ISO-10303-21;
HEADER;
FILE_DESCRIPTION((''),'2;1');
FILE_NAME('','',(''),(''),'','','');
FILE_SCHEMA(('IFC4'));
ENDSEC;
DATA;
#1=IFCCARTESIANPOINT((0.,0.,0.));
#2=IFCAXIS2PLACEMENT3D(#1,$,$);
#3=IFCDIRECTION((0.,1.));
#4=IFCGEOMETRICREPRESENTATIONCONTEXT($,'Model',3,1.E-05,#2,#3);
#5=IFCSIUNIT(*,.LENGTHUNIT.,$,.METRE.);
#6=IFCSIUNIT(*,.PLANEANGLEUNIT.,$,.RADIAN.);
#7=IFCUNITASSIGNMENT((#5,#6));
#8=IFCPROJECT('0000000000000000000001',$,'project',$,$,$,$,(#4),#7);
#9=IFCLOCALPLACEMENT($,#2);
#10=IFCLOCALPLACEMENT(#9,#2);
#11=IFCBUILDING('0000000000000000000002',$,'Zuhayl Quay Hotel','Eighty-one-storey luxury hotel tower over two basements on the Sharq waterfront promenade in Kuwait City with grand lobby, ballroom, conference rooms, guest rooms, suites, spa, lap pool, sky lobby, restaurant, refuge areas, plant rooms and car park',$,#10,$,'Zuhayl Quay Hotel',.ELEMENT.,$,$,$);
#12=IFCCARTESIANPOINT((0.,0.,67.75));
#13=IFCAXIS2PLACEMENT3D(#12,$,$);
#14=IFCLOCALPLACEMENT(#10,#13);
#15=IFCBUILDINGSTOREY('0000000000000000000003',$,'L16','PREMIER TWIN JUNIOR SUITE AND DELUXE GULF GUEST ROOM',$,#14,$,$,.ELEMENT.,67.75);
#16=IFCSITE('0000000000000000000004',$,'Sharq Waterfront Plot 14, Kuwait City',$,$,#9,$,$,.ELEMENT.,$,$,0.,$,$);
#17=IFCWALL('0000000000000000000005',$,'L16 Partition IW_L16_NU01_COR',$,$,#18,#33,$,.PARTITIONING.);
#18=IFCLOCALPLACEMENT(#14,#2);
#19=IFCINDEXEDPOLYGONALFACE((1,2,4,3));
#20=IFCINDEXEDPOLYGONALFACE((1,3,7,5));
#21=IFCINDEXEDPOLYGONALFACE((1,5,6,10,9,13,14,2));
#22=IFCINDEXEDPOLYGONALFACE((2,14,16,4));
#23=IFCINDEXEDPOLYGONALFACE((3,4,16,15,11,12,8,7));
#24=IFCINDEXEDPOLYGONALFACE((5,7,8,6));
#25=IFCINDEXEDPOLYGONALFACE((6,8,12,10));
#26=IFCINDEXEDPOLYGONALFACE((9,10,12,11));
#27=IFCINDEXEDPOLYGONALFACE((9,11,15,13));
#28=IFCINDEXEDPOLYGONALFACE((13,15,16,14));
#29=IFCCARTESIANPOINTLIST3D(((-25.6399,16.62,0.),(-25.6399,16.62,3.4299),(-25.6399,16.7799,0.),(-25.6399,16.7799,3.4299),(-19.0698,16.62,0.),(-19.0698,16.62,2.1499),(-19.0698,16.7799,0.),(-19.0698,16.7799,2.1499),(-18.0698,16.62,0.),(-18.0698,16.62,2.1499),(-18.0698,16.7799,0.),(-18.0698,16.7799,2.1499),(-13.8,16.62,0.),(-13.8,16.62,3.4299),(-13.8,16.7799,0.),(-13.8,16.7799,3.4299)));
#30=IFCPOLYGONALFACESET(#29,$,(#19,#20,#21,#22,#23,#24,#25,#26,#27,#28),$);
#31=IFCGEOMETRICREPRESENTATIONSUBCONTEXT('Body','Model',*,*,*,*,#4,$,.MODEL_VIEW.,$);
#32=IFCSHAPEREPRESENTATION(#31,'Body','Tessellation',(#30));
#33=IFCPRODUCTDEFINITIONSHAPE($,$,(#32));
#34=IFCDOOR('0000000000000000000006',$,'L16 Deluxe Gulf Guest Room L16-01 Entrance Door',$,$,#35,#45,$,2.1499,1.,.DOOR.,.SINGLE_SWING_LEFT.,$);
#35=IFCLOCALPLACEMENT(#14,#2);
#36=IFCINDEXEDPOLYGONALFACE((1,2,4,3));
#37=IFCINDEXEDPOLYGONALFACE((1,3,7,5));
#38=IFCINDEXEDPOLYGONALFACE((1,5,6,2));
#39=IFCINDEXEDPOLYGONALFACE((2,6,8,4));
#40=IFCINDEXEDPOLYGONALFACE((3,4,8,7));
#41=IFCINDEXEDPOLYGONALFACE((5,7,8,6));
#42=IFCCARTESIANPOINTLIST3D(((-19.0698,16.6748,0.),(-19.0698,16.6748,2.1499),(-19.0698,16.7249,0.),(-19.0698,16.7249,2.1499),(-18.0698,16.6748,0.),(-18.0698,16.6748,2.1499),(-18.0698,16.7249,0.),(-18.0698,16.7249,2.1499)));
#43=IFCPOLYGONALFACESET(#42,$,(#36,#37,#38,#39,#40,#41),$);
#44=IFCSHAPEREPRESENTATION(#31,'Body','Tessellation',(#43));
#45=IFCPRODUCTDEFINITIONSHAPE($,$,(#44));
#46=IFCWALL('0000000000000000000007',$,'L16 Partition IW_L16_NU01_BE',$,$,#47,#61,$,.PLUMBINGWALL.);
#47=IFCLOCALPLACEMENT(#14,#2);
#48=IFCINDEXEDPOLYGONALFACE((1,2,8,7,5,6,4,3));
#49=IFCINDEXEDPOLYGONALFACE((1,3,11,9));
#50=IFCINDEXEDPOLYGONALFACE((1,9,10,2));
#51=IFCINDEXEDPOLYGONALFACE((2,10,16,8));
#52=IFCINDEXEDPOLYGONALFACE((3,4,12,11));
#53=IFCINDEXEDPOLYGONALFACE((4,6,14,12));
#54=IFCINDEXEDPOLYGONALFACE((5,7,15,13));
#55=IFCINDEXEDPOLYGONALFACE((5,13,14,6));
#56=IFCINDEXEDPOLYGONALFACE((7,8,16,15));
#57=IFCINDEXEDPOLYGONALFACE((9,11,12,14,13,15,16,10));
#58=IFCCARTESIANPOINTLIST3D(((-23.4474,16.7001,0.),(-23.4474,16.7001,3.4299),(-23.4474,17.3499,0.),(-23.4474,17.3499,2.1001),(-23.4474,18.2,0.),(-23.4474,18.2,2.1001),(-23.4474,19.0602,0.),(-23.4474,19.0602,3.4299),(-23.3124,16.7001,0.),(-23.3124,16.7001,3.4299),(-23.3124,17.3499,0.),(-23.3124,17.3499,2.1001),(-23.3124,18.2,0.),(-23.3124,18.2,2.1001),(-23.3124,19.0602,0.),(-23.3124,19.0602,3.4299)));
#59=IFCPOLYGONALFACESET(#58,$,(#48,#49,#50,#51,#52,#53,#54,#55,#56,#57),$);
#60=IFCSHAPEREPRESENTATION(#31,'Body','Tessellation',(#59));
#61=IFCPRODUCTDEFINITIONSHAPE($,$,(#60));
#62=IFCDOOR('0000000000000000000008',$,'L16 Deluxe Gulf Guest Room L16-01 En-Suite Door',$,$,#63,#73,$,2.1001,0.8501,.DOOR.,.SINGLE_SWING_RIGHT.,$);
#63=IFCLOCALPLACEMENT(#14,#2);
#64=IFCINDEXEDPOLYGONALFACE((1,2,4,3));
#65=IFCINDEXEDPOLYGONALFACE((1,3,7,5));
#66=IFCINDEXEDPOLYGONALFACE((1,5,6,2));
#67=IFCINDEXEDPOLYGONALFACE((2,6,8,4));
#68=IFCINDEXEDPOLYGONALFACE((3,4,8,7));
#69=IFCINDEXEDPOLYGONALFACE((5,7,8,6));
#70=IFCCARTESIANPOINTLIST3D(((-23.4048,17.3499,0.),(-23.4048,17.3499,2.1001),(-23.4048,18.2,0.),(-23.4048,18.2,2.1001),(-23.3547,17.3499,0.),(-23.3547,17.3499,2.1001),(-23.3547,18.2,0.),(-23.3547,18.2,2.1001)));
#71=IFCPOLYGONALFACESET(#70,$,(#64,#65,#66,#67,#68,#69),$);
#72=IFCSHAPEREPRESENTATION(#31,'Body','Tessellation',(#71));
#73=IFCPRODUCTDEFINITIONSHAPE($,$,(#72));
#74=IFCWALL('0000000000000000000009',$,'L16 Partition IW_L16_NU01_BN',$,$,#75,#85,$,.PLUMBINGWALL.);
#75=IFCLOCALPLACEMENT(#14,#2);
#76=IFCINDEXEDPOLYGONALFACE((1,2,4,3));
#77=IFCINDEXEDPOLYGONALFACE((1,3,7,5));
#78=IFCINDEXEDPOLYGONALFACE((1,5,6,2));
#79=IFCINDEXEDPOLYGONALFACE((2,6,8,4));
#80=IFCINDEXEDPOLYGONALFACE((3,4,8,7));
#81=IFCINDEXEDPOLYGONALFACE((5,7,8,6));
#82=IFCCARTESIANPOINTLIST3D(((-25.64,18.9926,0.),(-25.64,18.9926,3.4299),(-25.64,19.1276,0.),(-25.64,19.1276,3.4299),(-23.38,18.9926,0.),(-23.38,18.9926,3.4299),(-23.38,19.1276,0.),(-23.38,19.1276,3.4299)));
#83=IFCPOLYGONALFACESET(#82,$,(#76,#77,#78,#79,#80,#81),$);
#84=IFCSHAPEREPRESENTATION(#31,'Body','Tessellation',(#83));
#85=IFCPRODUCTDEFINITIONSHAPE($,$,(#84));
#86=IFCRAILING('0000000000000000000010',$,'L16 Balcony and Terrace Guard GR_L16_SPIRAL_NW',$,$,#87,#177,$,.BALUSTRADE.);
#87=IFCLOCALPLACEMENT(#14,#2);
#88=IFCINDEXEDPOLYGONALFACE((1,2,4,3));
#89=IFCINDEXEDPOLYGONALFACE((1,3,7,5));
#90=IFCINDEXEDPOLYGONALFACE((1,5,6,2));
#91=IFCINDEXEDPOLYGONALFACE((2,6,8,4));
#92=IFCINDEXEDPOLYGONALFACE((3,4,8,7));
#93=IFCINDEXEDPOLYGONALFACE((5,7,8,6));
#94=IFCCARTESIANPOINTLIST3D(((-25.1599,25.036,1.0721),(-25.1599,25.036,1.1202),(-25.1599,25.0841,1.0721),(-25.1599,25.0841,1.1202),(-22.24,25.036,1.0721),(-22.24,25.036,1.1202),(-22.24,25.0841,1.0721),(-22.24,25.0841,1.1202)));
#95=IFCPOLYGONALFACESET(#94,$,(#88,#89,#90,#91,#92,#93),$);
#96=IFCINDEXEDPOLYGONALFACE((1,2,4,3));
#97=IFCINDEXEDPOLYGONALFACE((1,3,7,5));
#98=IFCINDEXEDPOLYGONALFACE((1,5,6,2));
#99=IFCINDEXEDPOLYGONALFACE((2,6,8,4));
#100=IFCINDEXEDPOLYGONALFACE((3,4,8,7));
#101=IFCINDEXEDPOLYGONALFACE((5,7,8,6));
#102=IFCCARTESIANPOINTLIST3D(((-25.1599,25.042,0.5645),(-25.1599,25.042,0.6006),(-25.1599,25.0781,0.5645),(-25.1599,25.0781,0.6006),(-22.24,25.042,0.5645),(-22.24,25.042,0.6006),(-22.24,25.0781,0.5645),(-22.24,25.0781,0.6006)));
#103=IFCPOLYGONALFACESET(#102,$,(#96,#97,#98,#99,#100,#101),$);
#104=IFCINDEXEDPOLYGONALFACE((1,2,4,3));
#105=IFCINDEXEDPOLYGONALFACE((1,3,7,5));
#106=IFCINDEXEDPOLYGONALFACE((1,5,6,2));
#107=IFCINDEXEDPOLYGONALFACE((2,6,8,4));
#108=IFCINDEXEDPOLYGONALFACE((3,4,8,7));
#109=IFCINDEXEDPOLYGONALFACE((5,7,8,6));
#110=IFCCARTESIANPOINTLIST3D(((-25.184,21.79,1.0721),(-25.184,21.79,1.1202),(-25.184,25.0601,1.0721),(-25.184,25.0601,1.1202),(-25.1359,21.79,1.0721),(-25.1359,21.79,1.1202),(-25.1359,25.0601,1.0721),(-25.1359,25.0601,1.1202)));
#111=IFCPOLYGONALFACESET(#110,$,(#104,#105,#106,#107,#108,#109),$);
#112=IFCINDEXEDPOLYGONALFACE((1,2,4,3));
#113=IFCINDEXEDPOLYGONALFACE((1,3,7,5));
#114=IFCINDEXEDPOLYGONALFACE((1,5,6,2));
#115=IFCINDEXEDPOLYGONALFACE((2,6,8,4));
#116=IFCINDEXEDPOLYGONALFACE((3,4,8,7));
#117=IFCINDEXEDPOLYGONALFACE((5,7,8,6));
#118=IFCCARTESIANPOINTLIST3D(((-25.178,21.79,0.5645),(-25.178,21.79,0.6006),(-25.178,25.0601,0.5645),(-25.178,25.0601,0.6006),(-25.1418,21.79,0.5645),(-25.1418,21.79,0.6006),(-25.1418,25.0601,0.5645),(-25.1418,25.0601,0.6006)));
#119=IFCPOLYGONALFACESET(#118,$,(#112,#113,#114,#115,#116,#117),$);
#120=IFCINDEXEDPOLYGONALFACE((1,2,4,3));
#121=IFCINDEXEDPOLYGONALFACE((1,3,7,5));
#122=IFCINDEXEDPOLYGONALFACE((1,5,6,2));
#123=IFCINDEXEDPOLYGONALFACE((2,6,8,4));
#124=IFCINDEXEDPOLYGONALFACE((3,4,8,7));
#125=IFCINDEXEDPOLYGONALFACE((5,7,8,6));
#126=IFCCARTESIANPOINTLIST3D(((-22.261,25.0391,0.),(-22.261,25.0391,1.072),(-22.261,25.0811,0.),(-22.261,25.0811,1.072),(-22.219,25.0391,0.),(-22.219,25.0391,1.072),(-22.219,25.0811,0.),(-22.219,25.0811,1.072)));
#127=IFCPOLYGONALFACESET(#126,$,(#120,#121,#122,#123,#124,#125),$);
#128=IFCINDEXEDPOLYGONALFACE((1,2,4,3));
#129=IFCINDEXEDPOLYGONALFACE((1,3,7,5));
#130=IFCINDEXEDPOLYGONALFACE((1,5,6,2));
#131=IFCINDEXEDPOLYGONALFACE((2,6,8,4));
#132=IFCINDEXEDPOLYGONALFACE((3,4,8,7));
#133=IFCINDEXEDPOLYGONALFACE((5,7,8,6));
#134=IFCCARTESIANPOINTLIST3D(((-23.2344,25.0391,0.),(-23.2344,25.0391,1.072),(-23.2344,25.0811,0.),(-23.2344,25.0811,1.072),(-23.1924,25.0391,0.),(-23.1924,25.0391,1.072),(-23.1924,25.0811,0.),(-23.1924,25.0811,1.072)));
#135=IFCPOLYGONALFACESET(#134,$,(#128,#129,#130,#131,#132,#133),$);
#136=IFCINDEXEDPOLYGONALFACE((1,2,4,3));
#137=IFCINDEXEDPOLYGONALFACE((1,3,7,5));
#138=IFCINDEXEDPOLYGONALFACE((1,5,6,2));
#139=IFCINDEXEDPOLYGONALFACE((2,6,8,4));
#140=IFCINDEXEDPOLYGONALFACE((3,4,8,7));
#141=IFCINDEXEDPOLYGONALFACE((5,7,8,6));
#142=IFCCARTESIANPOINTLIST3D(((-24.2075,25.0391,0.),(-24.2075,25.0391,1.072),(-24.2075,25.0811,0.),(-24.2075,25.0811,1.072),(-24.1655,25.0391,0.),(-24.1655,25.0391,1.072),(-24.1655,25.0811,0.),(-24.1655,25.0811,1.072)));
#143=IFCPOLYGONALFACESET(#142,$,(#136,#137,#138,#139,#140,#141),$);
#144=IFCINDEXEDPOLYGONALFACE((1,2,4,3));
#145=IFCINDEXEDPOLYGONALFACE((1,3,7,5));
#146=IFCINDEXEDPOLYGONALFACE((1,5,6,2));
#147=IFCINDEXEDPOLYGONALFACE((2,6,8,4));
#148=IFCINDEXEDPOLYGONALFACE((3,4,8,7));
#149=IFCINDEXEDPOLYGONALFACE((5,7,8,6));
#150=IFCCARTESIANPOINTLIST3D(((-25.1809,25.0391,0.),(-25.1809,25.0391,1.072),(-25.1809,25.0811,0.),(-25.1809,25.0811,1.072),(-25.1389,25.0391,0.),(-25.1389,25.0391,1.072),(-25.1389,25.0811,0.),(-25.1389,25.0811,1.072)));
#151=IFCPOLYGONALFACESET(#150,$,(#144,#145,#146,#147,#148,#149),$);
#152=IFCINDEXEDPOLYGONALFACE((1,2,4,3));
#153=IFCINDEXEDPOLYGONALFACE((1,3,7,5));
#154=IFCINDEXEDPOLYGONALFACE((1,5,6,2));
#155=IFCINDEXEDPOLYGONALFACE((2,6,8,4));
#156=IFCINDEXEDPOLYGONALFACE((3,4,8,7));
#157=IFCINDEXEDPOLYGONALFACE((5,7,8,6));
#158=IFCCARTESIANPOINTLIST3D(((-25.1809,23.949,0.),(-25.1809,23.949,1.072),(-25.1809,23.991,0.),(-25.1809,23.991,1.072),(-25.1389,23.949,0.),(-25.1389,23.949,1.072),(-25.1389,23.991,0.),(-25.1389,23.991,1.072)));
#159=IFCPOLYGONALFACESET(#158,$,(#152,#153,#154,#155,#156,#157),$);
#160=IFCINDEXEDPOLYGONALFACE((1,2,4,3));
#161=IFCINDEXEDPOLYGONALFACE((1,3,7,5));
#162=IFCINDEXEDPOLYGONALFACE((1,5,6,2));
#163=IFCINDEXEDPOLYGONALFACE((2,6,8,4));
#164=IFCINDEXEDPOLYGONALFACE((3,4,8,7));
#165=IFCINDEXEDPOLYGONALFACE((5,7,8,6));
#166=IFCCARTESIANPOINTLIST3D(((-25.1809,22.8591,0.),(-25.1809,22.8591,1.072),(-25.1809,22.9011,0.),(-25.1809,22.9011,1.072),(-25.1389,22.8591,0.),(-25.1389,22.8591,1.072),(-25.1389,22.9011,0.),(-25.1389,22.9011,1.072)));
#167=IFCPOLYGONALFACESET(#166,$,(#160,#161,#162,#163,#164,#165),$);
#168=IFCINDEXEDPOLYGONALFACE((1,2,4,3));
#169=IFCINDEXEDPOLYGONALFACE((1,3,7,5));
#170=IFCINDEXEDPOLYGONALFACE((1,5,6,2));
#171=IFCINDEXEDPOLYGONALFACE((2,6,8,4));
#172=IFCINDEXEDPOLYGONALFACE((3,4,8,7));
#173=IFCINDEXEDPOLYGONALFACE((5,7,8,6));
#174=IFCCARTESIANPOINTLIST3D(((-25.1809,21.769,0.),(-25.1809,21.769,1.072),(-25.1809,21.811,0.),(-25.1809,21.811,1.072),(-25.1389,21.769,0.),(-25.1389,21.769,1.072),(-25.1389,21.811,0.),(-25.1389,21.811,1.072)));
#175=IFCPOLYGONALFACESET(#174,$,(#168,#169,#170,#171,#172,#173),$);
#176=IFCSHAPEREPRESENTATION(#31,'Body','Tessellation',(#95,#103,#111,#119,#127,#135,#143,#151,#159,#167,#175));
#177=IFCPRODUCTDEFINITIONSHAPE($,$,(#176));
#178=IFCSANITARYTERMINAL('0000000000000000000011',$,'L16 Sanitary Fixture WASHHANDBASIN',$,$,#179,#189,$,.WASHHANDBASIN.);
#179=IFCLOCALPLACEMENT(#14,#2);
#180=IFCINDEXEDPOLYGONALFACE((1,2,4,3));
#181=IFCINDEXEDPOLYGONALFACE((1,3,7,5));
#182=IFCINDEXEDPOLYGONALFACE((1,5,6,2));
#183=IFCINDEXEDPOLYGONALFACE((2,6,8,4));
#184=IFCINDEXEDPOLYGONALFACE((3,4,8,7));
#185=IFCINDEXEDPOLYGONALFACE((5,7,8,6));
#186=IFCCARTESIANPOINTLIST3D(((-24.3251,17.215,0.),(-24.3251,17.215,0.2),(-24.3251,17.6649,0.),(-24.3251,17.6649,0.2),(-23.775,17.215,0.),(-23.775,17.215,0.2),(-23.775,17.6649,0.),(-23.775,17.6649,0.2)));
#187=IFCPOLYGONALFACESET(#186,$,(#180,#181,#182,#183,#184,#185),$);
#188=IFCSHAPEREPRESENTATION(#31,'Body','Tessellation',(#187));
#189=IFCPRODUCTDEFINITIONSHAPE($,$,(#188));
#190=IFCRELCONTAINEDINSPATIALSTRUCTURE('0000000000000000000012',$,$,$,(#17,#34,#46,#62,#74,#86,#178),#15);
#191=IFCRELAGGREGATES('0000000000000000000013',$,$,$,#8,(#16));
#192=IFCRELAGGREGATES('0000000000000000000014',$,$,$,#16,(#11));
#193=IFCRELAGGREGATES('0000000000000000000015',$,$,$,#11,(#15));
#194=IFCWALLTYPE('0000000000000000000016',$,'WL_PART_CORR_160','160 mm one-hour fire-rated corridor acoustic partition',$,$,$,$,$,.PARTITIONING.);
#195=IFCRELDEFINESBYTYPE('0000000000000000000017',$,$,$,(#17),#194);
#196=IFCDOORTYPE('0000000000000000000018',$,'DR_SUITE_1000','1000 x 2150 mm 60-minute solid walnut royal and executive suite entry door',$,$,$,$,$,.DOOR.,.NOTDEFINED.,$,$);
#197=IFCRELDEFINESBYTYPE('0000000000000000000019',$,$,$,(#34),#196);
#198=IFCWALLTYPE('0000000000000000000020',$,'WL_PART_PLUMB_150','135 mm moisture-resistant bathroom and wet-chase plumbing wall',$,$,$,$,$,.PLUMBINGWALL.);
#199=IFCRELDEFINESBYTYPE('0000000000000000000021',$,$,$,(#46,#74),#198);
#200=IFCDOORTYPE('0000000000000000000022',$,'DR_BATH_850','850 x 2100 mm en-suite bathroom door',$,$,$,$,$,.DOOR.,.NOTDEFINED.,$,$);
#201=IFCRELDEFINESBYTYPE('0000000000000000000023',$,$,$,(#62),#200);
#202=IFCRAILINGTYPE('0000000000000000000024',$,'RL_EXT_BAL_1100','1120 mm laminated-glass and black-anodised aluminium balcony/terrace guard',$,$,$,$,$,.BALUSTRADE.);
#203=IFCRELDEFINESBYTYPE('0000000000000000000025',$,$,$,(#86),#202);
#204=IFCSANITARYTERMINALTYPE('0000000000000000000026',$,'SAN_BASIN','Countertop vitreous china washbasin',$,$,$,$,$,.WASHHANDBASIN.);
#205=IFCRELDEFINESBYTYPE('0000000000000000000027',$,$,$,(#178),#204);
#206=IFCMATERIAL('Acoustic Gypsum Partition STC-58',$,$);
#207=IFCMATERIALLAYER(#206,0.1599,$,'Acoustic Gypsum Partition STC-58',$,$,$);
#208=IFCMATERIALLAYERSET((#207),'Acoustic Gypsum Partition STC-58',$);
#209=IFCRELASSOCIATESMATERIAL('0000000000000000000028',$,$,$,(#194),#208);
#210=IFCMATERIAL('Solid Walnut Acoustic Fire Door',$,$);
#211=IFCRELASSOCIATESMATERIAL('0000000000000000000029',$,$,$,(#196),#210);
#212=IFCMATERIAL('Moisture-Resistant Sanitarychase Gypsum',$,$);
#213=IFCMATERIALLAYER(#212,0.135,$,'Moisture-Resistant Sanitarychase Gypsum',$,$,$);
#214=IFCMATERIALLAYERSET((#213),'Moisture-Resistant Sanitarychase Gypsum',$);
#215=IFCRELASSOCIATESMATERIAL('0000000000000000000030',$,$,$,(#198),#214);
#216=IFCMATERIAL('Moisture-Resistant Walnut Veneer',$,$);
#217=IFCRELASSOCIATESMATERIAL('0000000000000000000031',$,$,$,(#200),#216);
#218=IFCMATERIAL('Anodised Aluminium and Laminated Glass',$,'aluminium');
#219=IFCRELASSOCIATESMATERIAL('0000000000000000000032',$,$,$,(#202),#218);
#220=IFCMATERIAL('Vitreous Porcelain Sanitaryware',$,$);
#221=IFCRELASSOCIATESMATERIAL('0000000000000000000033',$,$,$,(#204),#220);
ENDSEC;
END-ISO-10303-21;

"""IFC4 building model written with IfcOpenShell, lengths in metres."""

from ifc_helpers import new_model, si_unit, direction, frame, frame_2d, origin, origin_2d, place, context, subcontext, project, spatial, rectangle, extrude, material, layer, layer_set, type_object, element, fill, save


model = new_model("IFC4")

# Units and contexts
model_context = context("Model", 3, precision=1e-05, world=origin(), true_north=direction((0.0, 1.0)))
body_context = subcontext(model_context, "Body", "Model", "MODEL_VIEW")
ifc_project = project(units=[si_unit("LENGTHUNIT", "METRE"), si_unit("PLANEANGLEUNIT", "RADIAN")], contexts=[model_context])

# Site, building, storey
site_placement = place(None, origin())
site = spatial("IfcSite", under=ifc_project, at=site_placement, Name="Sharq Waterfront Plot 14, Kuwait City", CompositionType="ELEMENT", RefElevation=0.0)
building_placement = place(site_placement, origin())
building = spatial("IfcBuilding", under=site, at=building_placement, Name="Zuhayl Quay Hotel", Description="Eighty-one-storey luxury hotel tower over two basements on the Sharq waterfront promenade in Kuwait City with grand lobby, ballroom, conference rooms, guest rooms, suites, spa, lap pool, sky lobby, restaurant, refuge areas, plant rooms and car park", LongName="Zuhayl Quay Hotel", CompositionType="ELEMENT")
storey_placement = place(building_placement, frame((0.0, 0.0, 67.75)))
storey = spatial("IfcBuildingStorey", under=building, at=storey_placement, Name="L16", Description="PREMIER TWIN JUNIOR SUITE AND DELUXE GULF GUEST ROOM", CompositionType="ELEMENT", Elevation=67.75)

# Shared definitions
ifc_material_1 = material(Name="Acoustic Gypsum Partition STC-58")

# Walls, openings, doors
ifc_layer_1 = layer(ifc_material_1, 0.1599, Name="Acoustic Gypsum Partition STC-58")
ifc_layer_set_1 = layer_set([ifc_layer_1], Name="Acoustic Gypsum Partition STC-58")
wall_type_1 = type_object("IfcWallType", Name="WL_PART_CORR_160", Description="160 mm one-hour fire-rated corridor acoustic partition", PredefinedType="PARTITIONING", material=ifc_layer_set_1)
wall_1_placement = place(storey_placement, frame((-25.6399, 16.7, 0.0), z_axis=(0.0, 0.0, 1.0), x_axis=(1.0, 0.0, 0.0)))
wall_1 = element("IfcWall", 1, at=wall_1_placement, inside=storey, type_object=wall_type_1, Name="L16 Partition IW_L16_NU01_COR", PredefinedType="PARTITIONING", context=body_context, shape_type="SweptSolid", body=[
    extrude(rectangle(XDim=11.8398, YDim=0.1599, at=frame_2d((5.9199, 0.0))), origin(), (0.0, 0.0, 1.0), 3.4299),
])
opening_1_placement = place(wall_1_placement, frame((6.5701, 0.0, 0.0)))
opening_1 = element("IfcOpeningElement", 2, at=opening_1_placement, cuts=wall_1, PredefinedType="OPENING", context=body_context, shape_type="SweptSolid", body=[
    extrude(rectangle(XDim=1.0, YDim=2.1499, at=frame_2d((0.5, 1.075))), frame((0.0, 0.0898, 0.0), z_axis=(0.0, -1.0, 0.0), x_axis=(1.0, 0.0, 0.0)), (0.0, 0.0, 1.0), 0.1799),
])
ifc_material_2 = material(Name="Solid Walnut Acoustic Fire Door")
door_type_1 = type_object("IfcDoorType", Name="DR_SUITE_1000", Description="1000 x 2150 mm 60-minute solid walnut royal and executive suite entry door", OperationType="NOTDEFINED", PredefinedType="DOOR", material=ifc_material_2)
door_1_placement = place(opening_1_placement, origin())
door_1 = element("IfcDoor", 3, at=door_1_placement, inside=storey, type_object=door_type_1, Name="L16 Deluxe Gulf Guest Room L16-01 Entrance Door", OperationType="SINGLE_SWING_LEFT", OverallHeight=2.1499, OverallWidth=1.0, PredefinedType="DOOR", context=body_context, shape_type="SweptSolid", body=[
    extrude(rectangle(XDim=1.0, YDim=2.1499, at=frame_2d((0.5, 1.075))), frame((0.0, 0.0249, 0.0), z_axis=(0.0, -1.0, 0.0), x_axis=(1.0, 0.0, 0.0)), (0.0, 0.0, 1.0), 0.05),
])
fill(opening_1, door_1)
ifc_material_3 = material(Name="Moisture-Resistant Sanitarychase Gypsum")
ifc_layer_2 = layer(ifc_material_3, 0.135, Name="Moisture-Resistant Sanitarychase Gypsum")
ifc_layer_set_2 = layer_set([ifc_layer_2], Name="Moisture-Resistant Sanitarychase Gypsum")
wall_type_2 = type_object("IfcWallType", Name="WL_PART_PLUMB_150", Description="135 mm moisture-resistant bathroom and wet-chase plumbing wall", PredefinedType="PLUMBINGWALL", material=ifc_layer_set_2)
wall_2_placement = place(storey_placement, frame((-23.3799, 16.7, 0.0), z_axis=(0.0, 0.0, 1.0), x_axis=(0.0, 1.0, 0.0)))
wall_2 = element("IfcWall", 4, at=wall_2_placement, inside=storey, type_object=wall_type_2, Name="L16 Partition IW_L16_NU01_BE", PredefinedType="PLUMBINGWALL", context=body_context, shape_type="SweptSolid", body=[
    extrude(rectangle(XDim=2.3601, YDim=0.135, at=frame_2d((1.1802, 0.0))), origin(), (0.0, 0.0, 1.0), 3.4299),
])
opening_2_placement = place(wall_2_placement, frame((0.6499, 0.0, 0.0)))
opening_2 = element("IfcOpeningElement", 5, at=opening_2_placement, cuts=wall_2, PredefinedType="OPENING", context=body_context, shape_type="SweptSolid", body=[
    extrude(rectangle(XDim=0.8501, YDim=2.1001, at=frame_2d((0.425, 1.05))), frame((0.0, 0.0774, 0.0), z_axis=(0.0, -1.0, 0.0), x_axis=(1.0, 0.0, 0.0)), (0.0, 0.0, 1.0), 0.155),
])
ifc_material_4 = material(Name="Moisture-Resistant Walnut Veneer")
door_type_2 = type_object("IfcDoorType", Name="DR_BATH_850", Description="850 x 2100 mm en-suite bathroom door", OperationType="NOTDEFINED", PredefinedType="DOOR", material=ifc_material_4)
door_2_placement = place(opening_2_placement, origin())
door_2 = element("IfcDoor", 6, at=door_2_placement, inside=storey, type_object=door_type_2, Name="L16 Deluxe Gulf Guest Room L16-01 En-Suite Door", OperationType="SINGLE_SWING_RIGHT", OverallHeight=2.1001, OverallWidth=0.8501, PredefinedType="DOOR", context=body_context, shape_type="SweptSolid", body=[
    extrude(rectangle(XDim=0.8501, YDim=2.1001, at=frame_2d((0.425, 1.05))), frame((0.0, 0.0249, 0.0), z_axis=(0.0, -1.0, 0.0), x_axis=(1.0, 0.0, 0.0)), (0.0, 0.0, 1.0), 0.05),
])
fill(opening_2, door_2)

# Wall
wall_3_placement = place(storey_placement, frame((-25.6399, 19.0601, 0.0), z_axis=(0.0, 0.0, 1.0), x_axis=(1.0, 0.0, 0.0)))
element("IfcWall", 7, at=wall_3_placement, inside=storey, type_object=wall_type_2, Name="L16 Partition IW_L16_NU01_BN", PredefinedType="PLUMBINGWALL", context=body_context, shape_type="SweptSolid", body=[
    extrude(rectangle(XDim=2.26, YDim=0.135, at=frame_2d((1.1299, 0.0))), origin(), (0.0, 0.0, 1.0), 3.4299),
])

# Railing
ifc_material_5 = material(Name="Anodised Aluminium and Laminated Glass", Category="aluminium")
railing_type = type_object("IfcRailingType", Name="RL_EXT_BAL_1100", Description="1120 mm laminated-glass and black-anodised aluminium balcony/terrace guard", PredefinedType="BALUSTRADE", material=ifc_material_5)
railing_1_placement = place(storey_placement, frame((-22.24, 25.0601, 0.0)))
element("IfcRailing", 8, at=railing_1_placement, inside=storey, type_object=railing_type, Name="L16 Balcony and Terrace Guard GR_L16_SPIRAL_NW", PredefinedType="BALUSTRADE", context=body_context, shape_type="SweptSolid", body=[
    extrude(rectangle(XDim=0.0481, YDim=0.0481, at=origin_2d()), frame((0.0, 0.0, 1.0962), z_axis=(-1.0, 0.0, 0.0), x_axis=(0.0, -1.0, 0.0)), (0.0, 0.0, 1.0), 2.9199),
    extrude(rectangle(XDim=0.0361, YDim=0.0361, at=origin_2d()), frame((0.0, 0.0, 0.5825), z_axis=(-1.0, 0.0, 0.0), x_axis=(0.0, -1.0, 0.0)), (0.0, 0.0, 1.0), 2.9199),
    extrude(rectangle(XDim=0.0481, YDim=0.0481, at=origin_2d()), frame((-2.9199, 0.0, 1.0962), z_axis=(0.0, -1.0, 0.0), x_axis=(1.0, 0.0, 0.0)), (0.0, 0.0, 1.0), 3.27),
    extrude(rectangle(XDim=0.0361, YDim=0.0361, at=origin_2d()), frame((-2.9199, 0.0, 0.5825), z_axis=(0.0, -1.0, 0.0), x_axis=(1.0, 0.0, 0.0)), (0.0, 0.0, 1.0), 3.27),
    extrude(rectangle(XDim=0.042, YDim=0.042, at=origin_2d()), origin(), (0.0, 0.0, 1.0), 1.072),
    extrude(rectangle(XDim=0.042, YDim=0.042, at=origin_2d()), frame((-0.9734, 0.0, 0.0)), (0.0, 0.0, 1.0), 1.072),
    extrude(rectangle(XDim=0.042, YDim=0.042, at=origin_2d()), frame((-1.9465, 0.0, 0.0)), (0.0, 0.0, 1.0), 1.072),
    extrude(rectangle(XDim=0.042, YDim=0.042, at=origin_2d()), frame((-2.9199, 0.0, 0.0)), (0.0, 0.0, 1.0), 1.072),
    extrude(rectangle(XDim=0.042, YDim=0.042, at=origin_2d()), frame((-2.9199, -1.0901, 0.0)), (0.0, 0.0, 1.0), 1.072),
    extrude(rectangle(XDim=0.042, YDim=0.042, at=origin_2d()), frame((-2.9199, -2.1799, 0.0)), (0.0, 0.0, 1.0), 1.072),
    extrude(rectangle(XDim=0.042, YDim=0.042, at=origin_2d()), frame((-2.9199, -3.27, 0.0)), (0.0, 0.0, 1.0), 1.072),
])

# Sanitary terminal
ifc_material_6 = material(Name="Vitreous Porcelain Sanitaryware")
sanitary_terminal_type_1 = type_object("IfcSanitaryTerminalType", Name="SAN_BASIN", Description="Countertop vitreous china washbasin", PredefinedType="WASHHANDBASIN", material=ifc_material_6)
sanitary_terminal_1_placement = place(storey_placement, frame((-24.05, 17.4399, 0.0), z_axis=(0.0, 0.0, 1.0), x_axis=(1.0, 0.0, 0.0)))
element("IfcSanitaryTerminal", 9, at=sanitary_terminal_1_placement, inside=storey, type_object=sanitary_terminal_type_1, Name="L16 Sanitary Fixture WASHHANDBASIN", PredefinedType="WASHHANDBASIN", context=body_context, shape_type="SweptSolid", body=[
    extrude(rectangle(XDim=0.55, YDim=0.45, at=origin_2d()), origin(), (0.0, 0.0, 1.0), 0.2),
])

save(model, "model.ifc")
